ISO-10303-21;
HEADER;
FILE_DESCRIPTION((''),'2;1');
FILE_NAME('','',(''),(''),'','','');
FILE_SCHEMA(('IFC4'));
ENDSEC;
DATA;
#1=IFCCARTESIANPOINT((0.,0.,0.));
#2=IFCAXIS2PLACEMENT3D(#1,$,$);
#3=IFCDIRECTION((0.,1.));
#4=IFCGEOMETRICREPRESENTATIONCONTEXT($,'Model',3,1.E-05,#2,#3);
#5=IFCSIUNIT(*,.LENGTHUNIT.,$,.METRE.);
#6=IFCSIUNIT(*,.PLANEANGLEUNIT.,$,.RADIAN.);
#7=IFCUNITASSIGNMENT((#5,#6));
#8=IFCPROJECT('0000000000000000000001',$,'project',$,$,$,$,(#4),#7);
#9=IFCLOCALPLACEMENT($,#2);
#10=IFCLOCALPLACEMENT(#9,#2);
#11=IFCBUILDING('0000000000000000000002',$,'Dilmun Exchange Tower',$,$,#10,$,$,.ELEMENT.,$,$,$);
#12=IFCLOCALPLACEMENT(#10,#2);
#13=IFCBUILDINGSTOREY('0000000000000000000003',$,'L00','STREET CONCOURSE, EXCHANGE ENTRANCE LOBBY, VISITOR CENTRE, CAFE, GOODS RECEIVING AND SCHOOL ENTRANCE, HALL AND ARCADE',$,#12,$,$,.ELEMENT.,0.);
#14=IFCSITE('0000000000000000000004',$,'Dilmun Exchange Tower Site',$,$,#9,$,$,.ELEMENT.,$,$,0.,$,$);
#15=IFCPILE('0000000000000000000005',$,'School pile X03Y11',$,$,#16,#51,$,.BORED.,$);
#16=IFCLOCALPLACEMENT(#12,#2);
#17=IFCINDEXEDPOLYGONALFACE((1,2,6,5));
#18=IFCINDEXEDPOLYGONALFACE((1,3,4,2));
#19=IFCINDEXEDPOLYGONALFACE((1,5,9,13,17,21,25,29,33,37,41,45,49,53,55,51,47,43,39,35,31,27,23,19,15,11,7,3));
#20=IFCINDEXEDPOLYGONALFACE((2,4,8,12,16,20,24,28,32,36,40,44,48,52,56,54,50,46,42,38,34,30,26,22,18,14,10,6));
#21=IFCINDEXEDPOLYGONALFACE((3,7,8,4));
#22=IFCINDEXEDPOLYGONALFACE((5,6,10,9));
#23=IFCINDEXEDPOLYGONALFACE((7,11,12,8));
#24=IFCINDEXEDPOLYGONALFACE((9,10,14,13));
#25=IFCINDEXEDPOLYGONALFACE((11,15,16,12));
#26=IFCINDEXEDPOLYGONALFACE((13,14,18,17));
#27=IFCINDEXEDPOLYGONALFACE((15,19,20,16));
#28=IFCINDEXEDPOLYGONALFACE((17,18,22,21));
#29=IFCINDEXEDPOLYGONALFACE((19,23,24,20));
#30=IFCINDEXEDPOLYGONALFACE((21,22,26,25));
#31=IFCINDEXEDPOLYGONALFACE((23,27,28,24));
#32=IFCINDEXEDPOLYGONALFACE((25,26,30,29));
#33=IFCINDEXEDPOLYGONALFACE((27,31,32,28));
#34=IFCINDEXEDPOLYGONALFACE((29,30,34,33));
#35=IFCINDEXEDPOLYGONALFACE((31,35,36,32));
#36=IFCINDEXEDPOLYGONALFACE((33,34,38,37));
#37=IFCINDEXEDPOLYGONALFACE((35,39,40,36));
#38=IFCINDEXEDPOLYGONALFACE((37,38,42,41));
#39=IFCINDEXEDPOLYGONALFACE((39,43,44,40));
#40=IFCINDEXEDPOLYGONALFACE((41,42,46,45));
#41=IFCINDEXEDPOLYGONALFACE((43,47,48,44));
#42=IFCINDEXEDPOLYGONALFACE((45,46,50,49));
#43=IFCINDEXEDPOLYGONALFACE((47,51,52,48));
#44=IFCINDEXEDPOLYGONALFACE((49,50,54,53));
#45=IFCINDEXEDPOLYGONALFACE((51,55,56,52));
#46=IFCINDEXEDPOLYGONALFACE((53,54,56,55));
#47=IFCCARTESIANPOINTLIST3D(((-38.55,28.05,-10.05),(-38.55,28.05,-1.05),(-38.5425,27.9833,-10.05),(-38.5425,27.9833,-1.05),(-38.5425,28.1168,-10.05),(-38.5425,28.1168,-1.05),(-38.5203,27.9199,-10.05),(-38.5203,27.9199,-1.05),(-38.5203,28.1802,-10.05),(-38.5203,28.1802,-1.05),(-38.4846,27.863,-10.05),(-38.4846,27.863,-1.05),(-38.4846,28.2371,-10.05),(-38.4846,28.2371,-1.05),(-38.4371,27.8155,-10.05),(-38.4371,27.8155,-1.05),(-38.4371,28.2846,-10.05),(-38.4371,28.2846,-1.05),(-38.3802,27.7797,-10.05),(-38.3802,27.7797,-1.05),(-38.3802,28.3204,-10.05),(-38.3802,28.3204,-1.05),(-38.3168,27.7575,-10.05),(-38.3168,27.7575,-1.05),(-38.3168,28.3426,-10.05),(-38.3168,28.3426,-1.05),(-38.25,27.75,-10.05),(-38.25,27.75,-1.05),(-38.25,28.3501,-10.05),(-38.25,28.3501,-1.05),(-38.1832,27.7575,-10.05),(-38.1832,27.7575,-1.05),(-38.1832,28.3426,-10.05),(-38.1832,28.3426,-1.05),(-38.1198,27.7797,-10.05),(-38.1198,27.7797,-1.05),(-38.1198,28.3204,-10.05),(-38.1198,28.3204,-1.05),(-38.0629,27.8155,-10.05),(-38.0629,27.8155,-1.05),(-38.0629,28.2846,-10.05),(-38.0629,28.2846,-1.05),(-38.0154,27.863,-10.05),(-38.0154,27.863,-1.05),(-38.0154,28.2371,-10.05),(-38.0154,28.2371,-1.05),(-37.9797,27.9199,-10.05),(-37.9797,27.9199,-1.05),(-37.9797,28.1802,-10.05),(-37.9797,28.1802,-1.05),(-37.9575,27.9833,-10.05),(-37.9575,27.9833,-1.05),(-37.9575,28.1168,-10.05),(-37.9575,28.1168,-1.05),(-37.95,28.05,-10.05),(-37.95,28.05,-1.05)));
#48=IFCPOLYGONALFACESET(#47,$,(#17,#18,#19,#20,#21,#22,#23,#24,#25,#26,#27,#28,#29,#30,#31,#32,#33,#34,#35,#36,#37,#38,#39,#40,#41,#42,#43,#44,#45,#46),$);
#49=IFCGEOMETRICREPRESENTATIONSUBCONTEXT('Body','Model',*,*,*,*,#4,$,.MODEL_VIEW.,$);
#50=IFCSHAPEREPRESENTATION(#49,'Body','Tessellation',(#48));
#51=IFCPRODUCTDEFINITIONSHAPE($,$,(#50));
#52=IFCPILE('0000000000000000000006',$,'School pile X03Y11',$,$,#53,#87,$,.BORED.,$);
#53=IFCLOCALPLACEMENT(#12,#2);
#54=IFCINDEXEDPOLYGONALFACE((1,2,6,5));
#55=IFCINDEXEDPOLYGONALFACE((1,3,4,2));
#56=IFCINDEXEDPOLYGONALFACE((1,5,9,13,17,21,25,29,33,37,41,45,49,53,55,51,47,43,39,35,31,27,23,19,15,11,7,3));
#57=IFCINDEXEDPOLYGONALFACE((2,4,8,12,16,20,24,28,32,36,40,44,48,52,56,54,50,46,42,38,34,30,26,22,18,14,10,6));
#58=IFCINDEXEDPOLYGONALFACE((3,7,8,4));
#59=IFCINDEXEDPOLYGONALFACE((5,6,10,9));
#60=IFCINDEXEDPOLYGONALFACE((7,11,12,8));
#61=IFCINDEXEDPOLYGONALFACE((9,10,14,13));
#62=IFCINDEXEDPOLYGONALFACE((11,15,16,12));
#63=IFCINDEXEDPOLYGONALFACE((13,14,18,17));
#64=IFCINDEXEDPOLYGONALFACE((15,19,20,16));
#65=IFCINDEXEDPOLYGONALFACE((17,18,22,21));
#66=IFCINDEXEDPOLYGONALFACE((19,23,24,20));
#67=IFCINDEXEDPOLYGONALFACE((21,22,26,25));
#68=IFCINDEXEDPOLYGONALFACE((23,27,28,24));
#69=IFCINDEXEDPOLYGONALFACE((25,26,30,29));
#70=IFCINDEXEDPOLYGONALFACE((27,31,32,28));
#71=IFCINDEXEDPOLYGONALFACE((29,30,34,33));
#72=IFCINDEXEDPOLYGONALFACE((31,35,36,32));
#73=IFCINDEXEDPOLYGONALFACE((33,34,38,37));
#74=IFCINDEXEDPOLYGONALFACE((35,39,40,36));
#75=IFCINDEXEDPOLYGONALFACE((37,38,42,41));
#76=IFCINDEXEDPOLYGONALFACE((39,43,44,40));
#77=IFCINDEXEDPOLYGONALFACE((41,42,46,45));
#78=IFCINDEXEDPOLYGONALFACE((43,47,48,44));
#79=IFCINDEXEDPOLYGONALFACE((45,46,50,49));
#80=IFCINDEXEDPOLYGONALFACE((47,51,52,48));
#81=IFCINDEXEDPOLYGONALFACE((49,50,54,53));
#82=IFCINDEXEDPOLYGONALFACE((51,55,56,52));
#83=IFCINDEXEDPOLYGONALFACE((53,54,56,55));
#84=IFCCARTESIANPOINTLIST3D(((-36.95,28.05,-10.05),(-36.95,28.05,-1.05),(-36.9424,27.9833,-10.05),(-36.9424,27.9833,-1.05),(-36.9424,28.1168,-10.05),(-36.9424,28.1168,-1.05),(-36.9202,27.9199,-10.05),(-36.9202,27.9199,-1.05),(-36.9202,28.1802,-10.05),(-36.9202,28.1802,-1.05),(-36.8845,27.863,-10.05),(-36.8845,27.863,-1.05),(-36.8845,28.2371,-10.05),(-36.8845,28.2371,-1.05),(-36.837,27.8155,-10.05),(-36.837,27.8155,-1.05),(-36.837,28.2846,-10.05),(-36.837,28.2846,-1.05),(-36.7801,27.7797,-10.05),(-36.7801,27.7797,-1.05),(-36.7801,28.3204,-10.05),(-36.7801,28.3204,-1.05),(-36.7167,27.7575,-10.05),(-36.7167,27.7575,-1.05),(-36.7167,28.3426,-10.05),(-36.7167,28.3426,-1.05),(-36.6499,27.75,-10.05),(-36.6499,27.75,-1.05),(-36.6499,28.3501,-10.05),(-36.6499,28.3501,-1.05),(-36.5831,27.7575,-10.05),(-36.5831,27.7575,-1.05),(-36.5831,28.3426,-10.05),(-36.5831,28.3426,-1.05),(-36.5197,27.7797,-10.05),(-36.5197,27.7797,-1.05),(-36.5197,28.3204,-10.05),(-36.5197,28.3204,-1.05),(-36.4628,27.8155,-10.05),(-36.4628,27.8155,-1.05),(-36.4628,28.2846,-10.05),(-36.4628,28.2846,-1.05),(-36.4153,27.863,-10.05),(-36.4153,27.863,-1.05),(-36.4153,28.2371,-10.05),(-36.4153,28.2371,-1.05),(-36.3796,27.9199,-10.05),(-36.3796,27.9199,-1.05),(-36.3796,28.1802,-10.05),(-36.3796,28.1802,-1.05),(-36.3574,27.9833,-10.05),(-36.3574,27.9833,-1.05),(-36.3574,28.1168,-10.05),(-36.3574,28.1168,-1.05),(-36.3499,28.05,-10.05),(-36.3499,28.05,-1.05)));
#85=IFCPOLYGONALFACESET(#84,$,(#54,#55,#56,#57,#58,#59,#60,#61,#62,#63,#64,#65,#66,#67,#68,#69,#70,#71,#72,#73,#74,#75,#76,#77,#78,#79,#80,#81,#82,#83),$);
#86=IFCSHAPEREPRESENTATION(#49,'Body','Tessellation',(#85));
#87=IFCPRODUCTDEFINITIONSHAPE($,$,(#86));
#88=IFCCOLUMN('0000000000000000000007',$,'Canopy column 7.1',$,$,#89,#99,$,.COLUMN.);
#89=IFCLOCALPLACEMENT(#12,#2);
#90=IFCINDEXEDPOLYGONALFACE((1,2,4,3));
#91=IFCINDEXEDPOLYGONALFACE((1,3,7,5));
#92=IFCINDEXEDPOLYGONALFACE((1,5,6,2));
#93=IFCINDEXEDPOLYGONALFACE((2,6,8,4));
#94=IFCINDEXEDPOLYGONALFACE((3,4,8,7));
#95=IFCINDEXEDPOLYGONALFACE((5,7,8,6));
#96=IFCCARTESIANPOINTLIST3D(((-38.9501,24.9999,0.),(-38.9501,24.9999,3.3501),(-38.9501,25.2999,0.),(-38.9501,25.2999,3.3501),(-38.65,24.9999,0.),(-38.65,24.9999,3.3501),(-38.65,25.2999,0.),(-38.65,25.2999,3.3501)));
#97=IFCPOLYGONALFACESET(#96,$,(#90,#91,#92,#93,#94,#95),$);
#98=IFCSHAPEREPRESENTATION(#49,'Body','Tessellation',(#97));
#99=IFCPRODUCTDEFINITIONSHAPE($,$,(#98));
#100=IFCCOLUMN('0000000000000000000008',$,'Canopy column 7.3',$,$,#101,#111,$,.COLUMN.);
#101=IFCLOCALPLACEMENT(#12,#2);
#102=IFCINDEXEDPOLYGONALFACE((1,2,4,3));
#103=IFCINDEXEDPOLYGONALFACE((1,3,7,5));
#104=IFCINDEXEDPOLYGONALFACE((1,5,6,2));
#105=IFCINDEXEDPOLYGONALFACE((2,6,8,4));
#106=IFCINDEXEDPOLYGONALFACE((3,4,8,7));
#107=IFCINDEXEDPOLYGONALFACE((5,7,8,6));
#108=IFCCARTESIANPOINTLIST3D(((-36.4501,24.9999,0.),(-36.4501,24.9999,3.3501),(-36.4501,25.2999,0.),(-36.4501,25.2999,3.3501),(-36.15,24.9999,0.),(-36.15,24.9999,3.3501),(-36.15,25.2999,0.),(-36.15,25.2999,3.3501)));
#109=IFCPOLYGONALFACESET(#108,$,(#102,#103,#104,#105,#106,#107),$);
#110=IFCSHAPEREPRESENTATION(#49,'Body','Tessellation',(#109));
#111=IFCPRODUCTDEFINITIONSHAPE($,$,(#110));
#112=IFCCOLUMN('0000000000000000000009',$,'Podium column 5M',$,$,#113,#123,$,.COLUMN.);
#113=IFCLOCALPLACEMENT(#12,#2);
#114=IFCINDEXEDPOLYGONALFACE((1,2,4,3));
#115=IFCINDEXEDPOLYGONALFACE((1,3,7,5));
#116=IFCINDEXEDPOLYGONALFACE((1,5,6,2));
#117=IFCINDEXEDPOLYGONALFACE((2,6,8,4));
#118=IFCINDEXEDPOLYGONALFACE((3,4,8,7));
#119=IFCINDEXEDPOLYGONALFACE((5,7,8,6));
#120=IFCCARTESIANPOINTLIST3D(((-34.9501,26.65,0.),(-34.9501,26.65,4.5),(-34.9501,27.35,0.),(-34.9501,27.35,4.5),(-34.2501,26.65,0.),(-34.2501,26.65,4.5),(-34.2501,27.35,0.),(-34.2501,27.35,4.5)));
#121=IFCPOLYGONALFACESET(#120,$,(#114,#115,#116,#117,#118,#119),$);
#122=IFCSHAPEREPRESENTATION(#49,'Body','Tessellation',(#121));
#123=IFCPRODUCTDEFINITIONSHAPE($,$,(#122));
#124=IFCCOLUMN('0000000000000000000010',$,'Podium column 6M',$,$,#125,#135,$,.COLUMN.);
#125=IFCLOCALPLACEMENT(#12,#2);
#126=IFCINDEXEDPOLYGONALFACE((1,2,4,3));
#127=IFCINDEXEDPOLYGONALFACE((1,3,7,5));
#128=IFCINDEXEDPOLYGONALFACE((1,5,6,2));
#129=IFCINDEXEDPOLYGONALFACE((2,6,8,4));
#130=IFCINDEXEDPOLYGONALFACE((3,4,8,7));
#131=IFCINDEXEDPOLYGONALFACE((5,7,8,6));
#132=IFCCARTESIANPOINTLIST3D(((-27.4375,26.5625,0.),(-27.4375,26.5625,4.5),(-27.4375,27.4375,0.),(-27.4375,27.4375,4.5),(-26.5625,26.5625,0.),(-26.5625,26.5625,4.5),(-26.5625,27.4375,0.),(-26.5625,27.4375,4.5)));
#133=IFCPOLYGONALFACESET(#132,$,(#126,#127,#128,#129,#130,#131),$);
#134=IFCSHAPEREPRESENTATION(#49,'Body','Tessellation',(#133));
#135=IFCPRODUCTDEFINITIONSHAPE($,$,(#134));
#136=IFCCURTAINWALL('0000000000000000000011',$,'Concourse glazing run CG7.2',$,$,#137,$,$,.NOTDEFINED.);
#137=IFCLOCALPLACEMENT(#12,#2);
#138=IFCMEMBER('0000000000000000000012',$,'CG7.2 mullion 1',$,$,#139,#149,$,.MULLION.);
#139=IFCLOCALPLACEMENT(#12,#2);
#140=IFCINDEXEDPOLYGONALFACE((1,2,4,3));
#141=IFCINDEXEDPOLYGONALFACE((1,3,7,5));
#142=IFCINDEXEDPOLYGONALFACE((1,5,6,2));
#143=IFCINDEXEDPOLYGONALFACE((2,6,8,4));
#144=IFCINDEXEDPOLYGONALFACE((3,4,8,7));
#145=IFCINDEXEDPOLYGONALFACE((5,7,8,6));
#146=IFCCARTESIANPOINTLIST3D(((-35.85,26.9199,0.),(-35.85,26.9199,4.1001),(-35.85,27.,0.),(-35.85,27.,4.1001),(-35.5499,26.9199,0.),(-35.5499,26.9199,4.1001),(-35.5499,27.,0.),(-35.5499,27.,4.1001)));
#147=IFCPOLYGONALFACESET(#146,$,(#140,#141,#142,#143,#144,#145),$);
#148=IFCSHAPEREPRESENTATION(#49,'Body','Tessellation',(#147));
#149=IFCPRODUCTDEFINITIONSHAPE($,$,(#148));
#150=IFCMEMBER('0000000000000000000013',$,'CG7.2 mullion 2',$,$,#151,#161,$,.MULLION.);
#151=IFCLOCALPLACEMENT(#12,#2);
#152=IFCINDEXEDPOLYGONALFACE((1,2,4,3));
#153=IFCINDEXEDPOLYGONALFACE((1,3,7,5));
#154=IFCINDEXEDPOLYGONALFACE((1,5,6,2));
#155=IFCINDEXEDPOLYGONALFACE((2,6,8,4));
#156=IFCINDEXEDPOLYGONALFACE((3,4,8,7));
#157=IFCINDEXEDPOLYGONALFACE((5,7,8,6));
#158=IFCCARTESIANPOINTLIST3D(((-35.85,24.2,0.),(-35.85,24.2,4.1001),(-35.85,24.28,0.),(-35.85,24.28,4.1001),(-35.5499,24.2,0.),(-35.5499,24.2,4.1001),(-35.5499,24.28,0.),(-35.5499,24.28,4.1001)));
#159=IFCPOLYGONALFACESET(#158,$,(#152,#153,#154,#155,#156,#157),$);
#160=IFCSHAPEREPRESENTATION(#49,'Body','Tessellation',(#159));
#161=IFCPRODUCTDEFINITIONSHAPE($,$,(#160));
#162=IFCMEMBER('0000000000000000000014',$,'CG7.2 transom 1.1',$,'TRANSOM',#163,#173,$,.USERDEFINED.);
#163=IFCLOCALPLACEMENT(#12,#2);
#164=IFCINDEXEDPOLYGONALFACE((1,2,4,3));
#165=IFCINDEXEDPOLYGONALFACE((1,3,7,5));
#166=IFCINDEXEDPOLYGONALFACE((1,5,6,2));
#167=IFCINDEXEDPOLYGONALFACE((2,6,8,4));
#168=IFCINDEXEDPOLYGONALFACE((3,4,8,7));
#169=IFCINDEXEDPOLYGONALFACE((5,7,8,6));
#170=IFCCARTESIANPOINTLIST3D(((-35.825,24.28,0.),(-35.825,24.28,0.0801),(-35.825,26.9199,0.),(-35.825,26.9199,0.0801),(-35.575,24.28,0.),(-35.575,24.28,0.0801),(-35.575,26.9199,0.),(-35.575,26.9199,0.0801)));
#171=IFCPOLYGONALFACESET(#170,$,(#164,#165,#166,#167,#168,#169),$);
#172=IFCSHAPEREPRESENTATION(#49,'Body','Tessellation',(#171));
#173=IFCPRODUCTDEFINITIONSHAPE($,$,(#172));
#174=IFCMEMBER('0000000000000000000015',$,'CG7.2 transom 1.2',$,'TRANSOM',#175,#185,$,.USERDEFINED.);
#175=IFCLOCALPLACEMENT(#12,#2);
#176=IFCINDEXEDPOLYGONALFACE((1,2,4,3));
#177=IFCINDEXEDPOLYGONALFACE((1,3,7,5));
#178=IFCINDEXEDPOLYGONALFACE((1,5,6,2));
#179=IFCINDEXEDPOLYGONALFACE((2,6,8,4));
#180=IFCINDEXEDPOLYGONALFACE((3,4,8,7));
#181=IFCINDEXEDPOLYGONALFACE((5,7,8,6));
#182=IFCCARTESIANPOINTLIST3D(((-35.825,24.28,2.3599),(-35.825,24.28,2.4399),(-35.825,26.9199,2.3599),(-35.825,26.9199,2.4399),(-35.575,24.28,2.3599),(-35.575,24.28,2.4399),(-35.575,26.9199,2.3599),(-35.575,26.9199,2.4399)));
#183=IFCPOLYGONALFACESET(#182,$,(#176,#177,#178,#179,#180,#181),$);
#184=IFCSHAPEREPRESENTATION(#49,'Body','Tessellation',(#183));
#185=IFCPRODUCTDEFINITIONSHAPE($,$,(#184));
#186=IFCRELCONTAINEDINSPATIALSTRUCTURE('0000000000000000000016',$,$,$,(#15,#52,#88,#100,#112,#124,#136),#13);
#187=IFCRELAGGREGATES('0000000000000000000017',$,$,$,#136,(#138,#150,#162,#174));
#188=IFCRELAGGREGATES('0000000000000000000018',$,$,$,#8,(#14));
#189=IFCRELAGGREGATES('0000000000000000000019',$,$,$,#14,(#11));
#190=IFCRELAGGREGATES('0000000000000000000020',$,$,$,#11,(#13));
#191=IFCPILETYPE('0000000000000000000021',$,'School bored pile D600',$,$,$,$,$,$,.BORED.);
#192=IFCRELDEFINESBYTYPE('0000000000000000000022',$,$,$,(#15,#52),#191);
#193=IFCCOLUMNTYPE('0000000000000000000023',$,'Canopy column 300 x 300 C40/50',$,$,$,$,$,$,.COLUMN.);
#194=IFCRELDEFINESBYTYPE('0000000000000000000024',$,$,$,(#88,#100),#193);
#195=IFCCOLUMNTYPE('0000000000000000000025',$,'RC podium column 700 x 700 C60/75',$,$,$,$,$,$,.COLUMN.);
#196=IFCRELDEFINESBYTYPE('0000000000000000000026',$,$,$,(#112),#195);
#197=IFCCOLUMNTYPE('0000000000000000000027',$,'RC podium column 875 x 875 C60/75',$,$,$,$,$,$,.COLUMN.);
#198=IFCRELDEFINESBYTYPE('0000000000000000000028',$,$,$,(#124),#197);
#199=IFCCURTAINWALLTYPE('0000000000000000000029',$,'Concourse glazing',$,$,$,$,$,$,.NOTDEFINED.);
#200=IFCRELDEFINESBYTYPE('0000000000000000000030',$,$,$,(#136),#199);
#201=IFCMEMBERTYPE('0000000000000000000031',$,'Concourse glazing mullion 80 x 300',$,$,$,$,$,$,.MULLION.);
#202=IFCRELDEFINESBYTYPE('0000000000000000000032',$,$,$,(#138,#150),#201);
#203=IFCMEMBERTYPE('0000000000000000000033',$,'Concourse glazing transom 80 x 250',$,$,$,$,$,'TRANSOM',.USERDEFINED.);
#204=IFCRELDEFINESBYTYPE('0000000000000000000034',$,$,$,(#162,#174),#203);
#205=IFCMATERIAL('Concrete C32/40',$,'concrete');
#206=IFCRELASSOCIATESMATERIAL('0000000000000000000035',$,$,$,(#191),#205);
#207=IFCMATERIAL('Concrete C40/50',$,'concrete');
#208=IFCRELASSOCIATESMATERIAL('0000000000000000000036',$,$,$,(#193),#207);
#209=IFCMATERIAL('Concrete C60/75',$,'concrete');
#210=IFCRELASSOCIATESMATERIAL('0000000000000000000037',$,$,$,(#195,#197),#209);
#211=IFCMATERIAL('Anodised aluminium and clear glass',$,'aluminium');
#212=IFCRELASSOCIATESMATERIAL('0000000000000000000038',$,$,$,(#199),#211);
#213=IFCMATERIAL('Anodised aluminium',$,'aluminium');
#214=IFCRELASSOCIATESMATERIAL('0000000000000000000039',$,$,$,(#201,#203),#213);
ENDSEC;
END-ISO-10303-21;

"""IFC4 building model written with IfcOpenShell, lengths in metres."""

from ifc_helpers import new_model, si_unit, direction, frame, origin, origin_2d, place, context, subcontext, project, spatial, rectangle, circle, extrude, material, material_profile, profile_set, type_object, element, aggregate, save


model = new_model("IFC4")

# Units and contexts
model_context = context("Model", 3, precision=1e-05, world=origin(), true_north=direction((0.0, 1.0)))
body_context = subcontext(model_context, "Body", "Model", "MODEL_VIEW")
ifc_project = project(units=[si_unit("LENGTHUNIT", "METRE"), si_unit("PLANEANGLEUNIT", "RADIAN")], contexts=[model_context])

# Site, building, storey
site_placement = place(None, origin())
site = spatial("IfcSite", under=ifc_project, at=site_placement, Name="Dilmun Exchange Tower Site", CompositionType="ELEMENT", RefElevation=0.0)
building_placement = place(site_placement, origin())
building = spatial("IfcBuilding", under=site, at=building_placement, Name="Dilmun Exchange Tower", CompositionType="ELEMENT")
storey_placement = place(building_placement, origin())
storey = spatial("IfcBuildingStorey", under=building, at=storey_placement, Name="L00", Description="STREET CONCOURSE, EXCHANGE ENTRANCE LOBBY, VISITOR CENTRE, CAFE, GOODS RECEIVING AND SCHOOL ENTRANCE, HALL AND ARCADE", CompositionType="ELEMENT", Elevation=0.0)

# Piles
ifc_material_1 = material(Name="Concrete C32/40", Category="concrete")
ifc_material_profile_1 = material_profile(ifc_material_1, circle(Radius=0.3, at=origin_2d()), Name="D600")
ifc_profile_set_1 = profile_set([ifc_material_profile_1], Name="Concrete C32/40")
pile_type = type_object("IfcPileType", Name="School bored pile D600", PredefinedType="BORED", material=ifc_profile_set_1)
for number, where, z_axis, x_axis, name in (
    (1, (-38.25, 28.05, -1.05), (0.0, 0.0, -1.0), (1.0, 0.0, 0.0), "School pile X03Y11"),
    (2, (-36.6499, 28.05, -1.05), (0.0, 0.0, -1.0), (1.0, 0.0, 0.0), "School pile X03Y11"),
):
    element("IfcPile", number, at=place(storey_placement, frame(where, z_axis=z_axis, x_axis=x_axis)), inside=storey, type_object=pile_type, Name=name, PredefinedType="BORED", context=body_context, shape_type="SweptSolid", body=[
        extrude(circle(Radius=0.3, at=origin_2d()), origin(), (0.0, 0.0, 1.0), 9.0),
    ])

# Columns
ifc_material_2 = material(Name="Concrete C40/50", Category="concrete")
ifc_material_profile_2 = material_profile(ifc_material_2, rectangle(XDim=0.3, YDim=0.3, at=origin_2d()), Name="300 x 300")
ifc_profile_set_2 = profile_set([ifc_material_profile_2], Name="Concrete C40/50")
column_type_1 = type_object("IfcColumnType", Name="Canopy column 300 x 300 C40/50", PredefinedType="COLUMN", material=ifc_profile_set_2)
for number, where, z_axis, x_axis, name in (
    (3, (-38.8, 25.1499, 0.0), (0.0, 0.0, 1.0), (0.0, -1.0, 0.0), "Canopy column 7.1"),
    (4, (-36.3, 25.1499, 0.0), (0.0, 0.0, 1.0), (0.0, -1.0, 0.0), "Canopy column 7.3"),
):
    element("IfcColumn", number, at=place(storey_placement, frame(where, z_axis=z_axis, x_axis=x_axis)), inside=storey, type_object=column_type_1, Name=name, PredefinedType="COLUMN", context=body_context, shape_type="SweptSolid", body=[
        extrude(rectangle(XDim=0.3, YDim=0.3, at=origin_2d()), origin(), (0.0, 0.0, 1.0), 3.3501),
    ])
ifc_material_3 = material(Name="Concrete C60/75", Category="concrete")
ifc_material_profile_3 = material_profile(ifc_material_3, rectangle(XDim=0.7, YDim=0.7, at=origin_2d()), Name="700 x 700")
ifc_profile_set_3 = profile_set([ifc_material_profile_3], Name="Concrete C60/75")
column_type_2 = type_object("IfcColumnType", Name="RC podium column 700 x 700 C60/75", PredefinedType="COLUMN", material=ifc_profile_set_3)
column_1_placement = place(storey_placement, frame((-34.6001, 27.0, 0.0), z_axis=(0.0, 0.0, 1.0), x_axis=(1.0, 0.0, 0.0)))
element("IfcColumn", 5, at=column_1_placement, inside=storey, type_object=column_type_2, Name="Podium column 5M", PredefinedType="COLUMN", context=body_context, shape_type="SweptSolid", body=[
    extrude(rectangle(XDim=0.7, YDim=0.7, at=origin_2d()), origin(), (0.0, 0.0, 1.0), 4.5),
])
ifc_material_profile_4 = material_profile(ifc_material_3, rectangle(XDim=0.875, YDim=0.875, at=origin_2d()), Name="875 x 875")
ifc_profile_set_4 = profile_set([ifc_material_profile_4], Name="Concrete C60/75")
column_type_3 = type_object("IfcColumnType", Name="RC podium column 875 x 875 C60/75", PredefinedType="COLUMN", material=ifc_profile_set_4)
column_2_placement = place(storey_placement, frame((-27.0, 27.0, 0.0), z_axis=(0.0, 0.0, 1.0), x_axis=(1.0, 0.0, 0.0)))
element("IfcColumn", 6, at=column_2_placement, inside=storey, type_object=column_type_3, Name="Podium column 6M", PredefinedType="COLUMN", context=body_context, shape_type="SweptSolid", body=[
    extrude(rectangle(XDim=0.875, YDim=0.875, at=origin_2d()), origin(), (0.0, 0.0, 1.0), 4.5),
])

# Curtain wall, members
ifc_material_4 = material(Name="Anodised aluminium and clear glass", Category="aluminium")
curtain_wall_type_1 = type_object("IfcCurtainWallType", Name="Concourse glazing", PredefinedType="NOTDEFINED", material=ifc_material_4)
curtain_wall_1_placement = place(storey_placement, origin())
curtain_wall_1 = element("IfcCurtainWall", 7, at=curtain_wall_1_placement, inside=storey, type_object=curtain_wall_type_1, Name="Concourse glazing run CG7.2", PredefinedType="NOTDEFINED")
ifc_material_5 = material(Name="Anodised aluminium", Category="aluminium")
ifc_material_profile_5 = material_profile(ifc_material_5, rectangle(XDim=0.3, YDim=0.0801, at=origin_2d()), Name="AL 80x300")
ifc_profile_set_5 = profile_set([ifc_material_profile_5], Name="Anodised aluminium")
member_type_1 = type_object("IfcMemberType", Name="Concourse glazing mullion 80 x 300", PredefinedType="MULLION", material=ifc_profile_set_5)
member_1_placement = place(storey_placement, frame((-35.7, 26.96, 0.0), z_axis=(0.0, 0.0, 1.0), x_axis=(1.0, 0.0, 0.0)))
member_1 = element("IfcMember", 8, at=member_1_placement, type_object=member_type_1, Name="CG7.2 mullion 1", PredefinedType="MULLION", context=body_context, shape_type="SweptSolid", body=[
    extrude(rectangle(XDim=0.3, YDim=0.0801, at=origin_2d()), origin(), (0.0, 0.0, 1.0), 4.1001),
])
member_2_placement = place(storey_placement, frame((-35.7, 24.24, 0.0), z_axis=(0.0, 0.0, 1.0), x_axis=(1.0, 0.0, 0.0)))
member_2 = element("IfcMember", 9, at=member_2_placement, type_object=member_type_1, Name="CG7.2 mullion 2", PredefinedType="MULLION", context=body_context, shape_type="SweptSolid", body=[
    extrude(rectangle(XDim=0.3, YDim=0.0801, at=origin_2d()), origin(), (0.0, 0.0, 1.0), 4.1001),
])
ifc_material_profile_6 = material_profile(ifc_material_5, rectangle(XDim=0.25, YDim=0.0801, at=origin_2d()), Name="AL 80x250")
ifc_profile_set_6 = profile_set([ifc_material_profile_6], Name="Anodised aluminium")
member_type_2 = type_object("IfcMemberType", Name="Concourse glazing transom 80 x 250", ElementType="TRANSOM", PredefinedType="USERDEFINED", material=ifc_profile_set_6)
member_3_placement = place(storey_placement, frame((-35.7, 26.9199, 0.04), z_axis=(0.0, -1.0, 0.0), x_axis=(1.0, 0.0, 0.0)))
member_3 = element("IfcMember", 10, at=member_3_placement, type_object=member_type_2, Name="CG7.2 transom 1.1", ObjectType="TRANSOM", PredefinedType="USERDEFINED", context=body_context, shape_type="SweptSolid", body=[
    extrude(rectangle(XDim=0.25, YDim=0.0801, at=origin_2d()), origin(), (0.0, 0.0, 1.0), 2.6399),
])
member_4_placement = place(storey_placement, frame((-35.7, 26.9199, 2.3999), z_axis=(0.0, -1.0, 0.0), x_axis=(1.0, 0.0, 0.0)))
member_4 = element("IfcMember", 11, at=member_4_placement, type_object=member_type_2, Name="CG7.2 transom 1.2", ObjectType="TRANSOM", PredefinedType="USERDEFINED", context=body_context, shape_type="SweptSolid", body=[
    extrude(rectangle(XDim=0.25, YDim=0.0801, at=origin_2d()), origin(), (0.0, 0.0, 1.0), 2.6399),
])

aggregate(curtain_wall_1, [member_1, member_2, member_3, member_4])

save(model, "model.ifc")
